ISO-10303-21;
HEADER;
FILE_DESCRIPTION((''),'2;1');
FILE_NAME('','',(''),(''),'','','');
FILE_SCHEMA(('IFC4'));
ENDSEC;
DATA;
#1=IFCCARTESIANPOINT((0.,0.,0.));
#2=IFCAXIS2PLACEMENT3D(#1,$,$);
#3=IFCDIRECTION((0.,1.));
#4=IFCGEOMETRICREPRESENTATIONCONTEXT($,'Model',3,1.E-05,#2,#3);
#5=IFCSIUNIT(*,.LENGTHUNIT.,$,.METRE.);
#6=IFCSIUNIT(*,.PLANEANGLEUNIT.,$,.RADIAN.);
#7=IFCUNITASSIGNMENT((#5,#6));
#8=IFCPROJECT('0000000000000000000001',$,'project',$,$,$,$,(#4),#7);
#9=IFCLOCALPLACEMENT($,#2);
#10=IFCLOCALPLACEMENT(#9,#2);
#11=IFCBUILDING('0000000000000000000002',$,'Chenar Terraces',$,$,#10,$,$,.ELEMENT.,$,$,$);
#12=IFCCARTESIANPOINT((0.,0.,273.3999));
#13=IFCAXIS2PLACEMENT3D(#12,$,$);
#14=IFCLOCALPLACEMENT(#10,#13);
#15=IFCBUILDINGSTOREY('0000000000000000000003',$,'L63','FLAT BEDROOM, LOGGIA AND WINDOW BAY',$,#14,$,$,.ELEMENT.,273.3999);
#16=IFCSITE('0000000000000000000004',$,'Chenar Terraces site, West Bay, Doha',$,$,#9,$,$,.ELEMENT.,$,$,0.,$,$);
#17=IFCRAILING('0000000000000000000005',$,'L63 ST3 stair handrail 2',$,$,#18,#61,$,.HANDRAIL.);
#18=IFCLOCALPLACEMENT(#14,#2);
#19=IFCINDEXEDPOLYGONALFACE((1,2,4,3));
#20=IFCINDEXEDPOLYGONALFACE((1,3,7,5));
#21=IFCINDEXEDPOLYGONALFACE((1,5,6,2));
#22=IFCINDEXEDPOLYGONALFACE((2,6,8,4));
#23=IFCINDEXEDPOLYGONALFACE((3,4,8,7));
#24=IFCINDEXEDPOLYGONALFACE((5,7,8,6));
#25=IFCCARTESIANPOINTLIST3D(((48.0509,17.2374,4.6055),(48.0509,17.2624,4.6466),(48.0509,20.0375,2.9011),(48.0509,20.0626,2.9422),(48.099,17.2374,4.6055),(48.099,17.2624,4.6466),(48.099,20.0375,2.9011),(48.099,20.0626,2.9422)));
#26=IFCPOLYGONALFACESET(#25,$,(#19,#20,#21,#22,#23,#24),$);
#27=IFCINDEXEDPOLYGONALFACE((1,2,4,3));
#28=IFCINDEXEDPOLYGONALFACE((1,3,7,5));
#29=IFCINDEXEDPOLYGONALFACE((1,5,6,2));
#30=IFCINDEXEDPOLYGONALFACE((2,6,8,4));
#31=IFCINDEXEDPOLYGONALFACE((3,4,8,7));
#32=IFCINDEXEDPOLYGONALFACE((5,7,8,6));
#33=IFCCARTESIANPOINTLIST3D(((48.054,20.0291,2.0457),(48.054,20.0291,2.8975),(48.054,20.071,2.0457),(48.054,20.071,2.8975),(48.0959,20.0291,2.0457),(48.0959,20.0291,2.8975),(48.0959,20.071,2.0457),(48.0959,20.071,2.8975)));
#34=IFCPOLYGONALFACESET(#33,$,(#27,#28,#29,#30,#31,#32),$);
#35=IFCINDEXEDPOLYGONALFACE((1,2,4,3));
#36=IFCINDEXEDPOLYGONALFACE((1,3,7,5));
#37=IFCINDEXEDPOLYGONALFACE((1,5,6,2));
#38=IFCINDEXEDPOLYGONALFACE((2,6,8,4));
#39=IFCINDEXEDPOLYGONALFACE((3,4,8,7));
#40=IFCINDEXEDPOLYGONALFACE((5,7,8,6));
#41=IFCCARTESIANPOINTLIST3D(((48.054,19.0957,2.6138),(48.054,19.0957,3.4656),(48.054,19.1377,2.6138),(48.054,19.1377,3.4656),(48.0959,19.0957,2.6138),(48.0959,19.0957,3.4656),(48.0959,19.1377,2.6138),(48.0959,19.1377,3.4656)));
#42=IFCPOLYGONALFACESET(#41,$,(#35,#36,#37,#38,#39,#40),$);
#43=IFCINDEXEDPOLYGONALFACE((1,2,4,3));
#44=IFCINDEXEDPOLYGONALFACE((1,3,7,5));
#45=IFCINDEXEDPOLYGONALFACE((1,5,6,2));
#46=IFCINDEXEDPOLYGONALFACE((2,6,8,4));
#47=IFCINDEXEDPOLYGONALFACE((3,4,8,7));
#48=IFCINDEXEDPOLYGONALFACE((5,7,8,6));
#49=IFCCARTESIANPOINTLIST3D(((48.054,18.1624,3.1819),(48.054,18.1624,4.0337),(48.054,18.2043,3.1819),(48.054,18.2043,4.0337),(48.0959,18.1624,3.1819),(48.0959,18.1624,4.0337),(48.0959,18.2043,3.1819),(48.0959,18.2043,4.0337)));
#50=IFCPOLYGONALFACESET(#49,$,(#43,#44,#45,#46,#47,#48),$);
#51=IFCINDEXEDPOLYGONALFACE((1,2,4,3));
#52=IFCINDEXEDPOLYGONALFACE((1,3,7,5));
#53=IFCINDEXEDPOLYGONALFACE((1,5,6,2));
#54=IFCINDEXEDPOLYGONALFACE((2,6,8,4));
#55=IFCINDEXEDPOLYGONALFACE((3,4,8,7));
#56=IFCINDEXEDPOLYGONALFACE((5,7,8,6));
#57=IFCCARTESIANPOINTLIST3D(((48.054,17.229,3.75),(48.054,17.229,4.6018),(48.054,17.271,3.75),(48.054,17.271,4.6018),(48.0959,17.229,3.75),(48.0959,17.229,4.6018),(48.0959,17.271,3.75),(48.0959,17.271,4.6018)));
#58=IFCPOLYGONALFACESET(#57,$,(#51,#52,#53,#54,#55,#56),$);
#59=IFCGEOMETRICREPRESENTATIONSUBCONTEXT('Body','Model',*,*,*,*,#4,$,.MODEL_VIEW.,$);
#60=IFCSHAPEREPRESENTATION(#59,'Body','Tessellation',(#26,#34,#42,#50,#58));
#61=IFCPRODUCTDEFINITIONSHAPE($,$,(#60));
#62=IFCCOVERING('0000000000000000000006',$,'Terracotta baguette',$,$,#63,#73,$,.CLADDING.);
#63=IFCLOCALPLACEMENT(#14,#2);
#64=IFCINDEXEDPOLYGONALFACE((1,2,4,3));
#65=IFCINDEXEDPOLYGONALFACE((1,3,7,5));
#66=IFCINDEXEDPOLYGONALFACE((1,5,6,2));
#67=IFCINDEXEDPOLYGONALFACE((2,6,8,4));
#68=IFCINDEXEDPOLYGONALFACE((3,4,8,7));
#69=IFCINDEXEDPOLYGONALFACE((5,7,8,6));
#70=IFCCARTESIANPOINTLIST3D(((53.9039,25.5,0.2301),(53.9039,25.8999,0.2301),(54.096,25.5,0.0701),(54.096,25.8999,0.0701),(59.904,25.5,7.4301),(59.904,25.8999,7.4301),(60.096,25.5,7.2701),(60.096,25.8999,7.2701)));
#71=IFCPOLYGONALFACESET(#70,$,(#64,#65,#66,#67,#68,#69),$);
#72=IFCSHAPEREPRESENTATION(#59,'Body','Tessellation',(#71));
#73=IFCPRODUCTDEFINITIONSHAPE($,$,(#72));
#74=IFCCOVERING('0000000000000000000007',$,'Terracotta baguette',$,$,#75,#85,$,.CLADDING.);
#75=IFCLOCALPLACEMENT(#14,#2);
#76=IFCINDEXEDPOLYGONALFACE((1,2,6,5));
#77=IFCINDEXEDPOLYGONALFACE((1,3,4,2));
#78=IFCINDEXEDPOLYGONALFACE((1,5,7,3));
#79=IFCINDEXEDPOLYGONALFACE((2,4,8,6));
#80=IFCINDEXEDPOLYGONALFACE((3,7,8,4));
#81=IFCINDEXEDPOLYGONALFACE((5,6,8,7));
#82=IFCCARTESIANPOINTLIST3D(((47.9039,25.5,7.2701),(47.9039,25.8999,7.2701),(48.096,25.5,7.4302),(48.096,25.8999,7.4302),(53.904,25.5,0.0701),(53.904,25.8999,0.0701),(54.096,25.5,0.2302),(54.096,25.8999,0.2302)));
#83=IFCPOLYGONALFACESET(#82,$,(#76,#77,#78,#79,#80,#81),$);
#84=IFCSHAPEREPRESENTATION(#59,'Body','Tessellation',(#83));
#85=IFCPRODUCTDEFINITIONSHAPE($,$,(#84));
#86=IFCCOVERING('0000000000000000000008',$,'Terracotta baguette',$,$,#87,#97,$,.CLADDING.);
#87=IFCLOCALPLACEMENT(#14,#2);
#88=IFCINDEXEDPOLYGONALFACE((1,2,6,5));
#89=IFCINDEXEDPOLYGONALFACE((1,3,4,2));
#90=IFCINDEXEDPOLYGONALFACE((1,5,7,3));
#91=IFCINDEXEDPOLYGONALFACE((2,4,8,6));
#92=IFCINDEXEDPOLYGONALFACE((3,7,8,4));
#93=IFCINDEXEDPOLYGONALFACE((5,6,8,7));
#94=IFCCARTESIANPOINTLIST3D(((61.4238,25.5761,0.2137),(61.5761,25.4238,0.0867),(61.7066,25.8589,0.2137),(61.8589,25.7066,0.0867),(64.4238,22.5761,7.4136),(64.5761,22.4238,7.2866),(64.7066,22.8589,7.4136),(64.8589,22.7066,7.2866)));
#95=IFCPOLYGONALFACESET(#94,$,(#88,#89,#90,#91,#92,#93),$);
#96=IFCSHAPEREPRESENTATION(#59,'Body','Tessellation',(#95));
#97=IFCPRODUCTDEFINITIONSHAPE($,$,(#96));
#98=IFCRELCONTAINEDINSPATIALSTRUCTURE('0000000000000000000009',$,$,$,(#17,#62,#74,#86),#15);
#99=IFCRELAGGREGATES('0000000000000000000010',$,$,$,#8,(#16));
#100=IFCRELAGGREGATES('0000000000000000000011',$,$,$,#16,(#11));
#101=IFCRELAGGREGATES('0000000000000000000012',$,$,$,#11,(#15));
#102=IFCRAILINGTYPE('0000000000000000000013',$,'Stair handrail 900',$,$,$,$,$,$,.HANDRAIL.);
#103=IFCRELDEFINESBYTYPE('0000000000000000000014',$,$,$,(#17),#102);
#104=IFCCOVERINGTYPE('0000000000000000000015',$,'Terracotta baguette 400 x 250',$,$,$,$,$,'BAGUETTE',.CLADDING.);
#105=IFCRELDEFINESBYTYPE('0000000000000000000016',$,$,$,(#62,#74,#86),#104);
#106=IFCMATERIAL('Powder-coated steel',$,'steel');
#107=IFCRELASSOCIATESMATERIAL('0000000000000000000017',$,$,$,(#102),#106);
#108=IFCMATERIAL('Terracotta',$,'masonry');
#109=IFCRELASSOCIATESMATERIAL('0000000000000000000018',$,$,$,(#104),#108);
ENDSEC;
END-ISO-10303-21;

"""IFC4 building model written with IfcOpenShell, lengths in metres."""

from ifc_helpers import new_model, si_unit, direction, frame, origin, origin_2d, place, context, subcontext, project, spatial, rectangle, extrude, material, material_profile, profile_set, type_object, element, save


model = new_model("IFC4")

# Units and contexts
model_context = context("Model", 3, precision=1e-05, world=origin(), true_north=direction((0.0, 1.0)))
body_context = subcontext(model_context, "Body", "Model", "MODEL_VIEW")
ifc_project = project(units=[si_unit("LENGTHUNIT", "METRE"), si_unit("PLANEANGLEUNIT", "RADIAN")], contexts=[model_context])

# Site, building, storey
site_placement = place(None, origin())
site = spatial("IfcSite", under=ifc_project, at=site_placement, Name="Chenar Terraces site, West Bay, Doha", CompositionType="ELEMENT", RefElevation=0.0)
building_placement = place(site_placement, origin())
building = spatial("IfcBuilding", under=site, at=building_placement, Name="Chenar Terraces", CompositionType="ELEMENT")
storey_placement = place(building_placement, frame((0.0, 0.0, 273.3999)))
storey = spatial("IfcBuildingStorey", under=building, at=storey_placement, Name="L63", Description="FLAT BEDROOM, LOGGIA AND WINDOW BAY", CompositionType="ELEMENT", Elevation=273.3999)

# Railing
ifc_material_1 = material(Name="Powder-coated steel", Category="steel")
railing_type_1 = type_object("IfcRailingType", Name="Stair handrail 900", PredefinedType="HANDRAIL", material=ifc_material_1)
railing_1_placement = place(storey_placement, frame((48.075, 20.05, 2.0457)))
element("IfcRailing", 1, at=railing_1_placement, inside=storey, type_object=railing_type_1, Name="L63 ST3 stair handrail 2", PredefinedType="HANDRAIL", context=body_context, shape_type="SweptSolid", body=[
    extrude(rectangle(XDim=0.0481, YDim=0.0481, at=origin_2d()), frame((0.0, 0.0, 0.876), z_axis=(0.0, -0.854203, 0.51994), x_axis=(1.0, 0.0, 0.0)), (0.0, 0.0, 1.0), 3.2781),
    extrude(rectangle(XDim=0.042, YDim=0.042, at=origin_2d()), origin(), (0.0, 0.0, 1.0), 0.8518),
    extrude(rectangle(XDim=0.042, YDim=0.042, at=origin_2d()), frame((0.0, -0.9333, 0.5681)), (0.0, 0.0, 1.0), 0.8518),
    extrude(rectangle(XDim=0.042, YDim=0.042, at=origin_2d()), frame((0.0, -1.8667, 1.1362)), (0.0, 0.0, 1.0), 0.8518),
    extrude(rectangle(XDim=0.042, YDim=0.042, at=origin_2d()), frame((0.0, -2.8, 1.7043)), (0.0, 0.0, 1.0), 0.8518),
])

# Coverings
ifc_material_2 = material(Name="Terracotta", Category="masonry")
ifc_material_profile_1 = material_profile(ifc_material_2, rectangle(XDim=0.3999, YDim=0.25, at=origin_2d()), Name="Terracotta baguette 400 x 250")
ifc_profile_set_1 = profile_set([ifc_material_profile_1], Name="Terracotta")
covering_type = type_object("IfcCoveringType", Name="Terracotta baguette 400 x 250", ElementType="BAGUETTE", PredefinedType="CLADDING", material=ifc_profile_set_1)
for number, where, z_axis, x_axis, name in (
    (2, (60.0, 25.7, 7.3501), (-0.640187, 0.0, -0.768219), (0.0, -1.0, 0.0), "Terracotta baguette"),
    (3, (54.0, 25.7, 0.1501), (-0.640187, 0.0, 0.768219), (0.0, -1.0, 0.0), "Terracotta baguette"),
):
    element("IfcCovering", number, at=place(storey_placement, frame(where, z_axis=z_axis, x_axis=x_axis)), inside=storey, type_object=covering_type, Name=name, PredefinedType="CLADDING", context=body_context, shape_type="SweptSolid", body=[
        extrude(rectangle(XDim=0.3999, YDim=0.25, at=origin_2d()), origin(), (0.0, 0.0, 1.0), 9.3723),
    ])
covering_placement = place(storey_placement, frame((64.6414, 22.6414, 7.3501), z_axis=(-0.358981, 0.358981, -0.861548), x_axis=(-0.707107, -0.707107, 0.0)))
element("IfcCovering", 4, at=covering_placement, inside=storey, type_object=covering_type, Name="Terracotta baguette", PredefinedType="CLADDING", context=body_context, shape_type="SweptSolid", body=[
    extrude(rectangle(XDim=0.3999, YDim=0.25, at=origin_2d()), origin(), (0.0, 0.0, 1.0), 8.3569),
])

save(model, "model.ifc")
